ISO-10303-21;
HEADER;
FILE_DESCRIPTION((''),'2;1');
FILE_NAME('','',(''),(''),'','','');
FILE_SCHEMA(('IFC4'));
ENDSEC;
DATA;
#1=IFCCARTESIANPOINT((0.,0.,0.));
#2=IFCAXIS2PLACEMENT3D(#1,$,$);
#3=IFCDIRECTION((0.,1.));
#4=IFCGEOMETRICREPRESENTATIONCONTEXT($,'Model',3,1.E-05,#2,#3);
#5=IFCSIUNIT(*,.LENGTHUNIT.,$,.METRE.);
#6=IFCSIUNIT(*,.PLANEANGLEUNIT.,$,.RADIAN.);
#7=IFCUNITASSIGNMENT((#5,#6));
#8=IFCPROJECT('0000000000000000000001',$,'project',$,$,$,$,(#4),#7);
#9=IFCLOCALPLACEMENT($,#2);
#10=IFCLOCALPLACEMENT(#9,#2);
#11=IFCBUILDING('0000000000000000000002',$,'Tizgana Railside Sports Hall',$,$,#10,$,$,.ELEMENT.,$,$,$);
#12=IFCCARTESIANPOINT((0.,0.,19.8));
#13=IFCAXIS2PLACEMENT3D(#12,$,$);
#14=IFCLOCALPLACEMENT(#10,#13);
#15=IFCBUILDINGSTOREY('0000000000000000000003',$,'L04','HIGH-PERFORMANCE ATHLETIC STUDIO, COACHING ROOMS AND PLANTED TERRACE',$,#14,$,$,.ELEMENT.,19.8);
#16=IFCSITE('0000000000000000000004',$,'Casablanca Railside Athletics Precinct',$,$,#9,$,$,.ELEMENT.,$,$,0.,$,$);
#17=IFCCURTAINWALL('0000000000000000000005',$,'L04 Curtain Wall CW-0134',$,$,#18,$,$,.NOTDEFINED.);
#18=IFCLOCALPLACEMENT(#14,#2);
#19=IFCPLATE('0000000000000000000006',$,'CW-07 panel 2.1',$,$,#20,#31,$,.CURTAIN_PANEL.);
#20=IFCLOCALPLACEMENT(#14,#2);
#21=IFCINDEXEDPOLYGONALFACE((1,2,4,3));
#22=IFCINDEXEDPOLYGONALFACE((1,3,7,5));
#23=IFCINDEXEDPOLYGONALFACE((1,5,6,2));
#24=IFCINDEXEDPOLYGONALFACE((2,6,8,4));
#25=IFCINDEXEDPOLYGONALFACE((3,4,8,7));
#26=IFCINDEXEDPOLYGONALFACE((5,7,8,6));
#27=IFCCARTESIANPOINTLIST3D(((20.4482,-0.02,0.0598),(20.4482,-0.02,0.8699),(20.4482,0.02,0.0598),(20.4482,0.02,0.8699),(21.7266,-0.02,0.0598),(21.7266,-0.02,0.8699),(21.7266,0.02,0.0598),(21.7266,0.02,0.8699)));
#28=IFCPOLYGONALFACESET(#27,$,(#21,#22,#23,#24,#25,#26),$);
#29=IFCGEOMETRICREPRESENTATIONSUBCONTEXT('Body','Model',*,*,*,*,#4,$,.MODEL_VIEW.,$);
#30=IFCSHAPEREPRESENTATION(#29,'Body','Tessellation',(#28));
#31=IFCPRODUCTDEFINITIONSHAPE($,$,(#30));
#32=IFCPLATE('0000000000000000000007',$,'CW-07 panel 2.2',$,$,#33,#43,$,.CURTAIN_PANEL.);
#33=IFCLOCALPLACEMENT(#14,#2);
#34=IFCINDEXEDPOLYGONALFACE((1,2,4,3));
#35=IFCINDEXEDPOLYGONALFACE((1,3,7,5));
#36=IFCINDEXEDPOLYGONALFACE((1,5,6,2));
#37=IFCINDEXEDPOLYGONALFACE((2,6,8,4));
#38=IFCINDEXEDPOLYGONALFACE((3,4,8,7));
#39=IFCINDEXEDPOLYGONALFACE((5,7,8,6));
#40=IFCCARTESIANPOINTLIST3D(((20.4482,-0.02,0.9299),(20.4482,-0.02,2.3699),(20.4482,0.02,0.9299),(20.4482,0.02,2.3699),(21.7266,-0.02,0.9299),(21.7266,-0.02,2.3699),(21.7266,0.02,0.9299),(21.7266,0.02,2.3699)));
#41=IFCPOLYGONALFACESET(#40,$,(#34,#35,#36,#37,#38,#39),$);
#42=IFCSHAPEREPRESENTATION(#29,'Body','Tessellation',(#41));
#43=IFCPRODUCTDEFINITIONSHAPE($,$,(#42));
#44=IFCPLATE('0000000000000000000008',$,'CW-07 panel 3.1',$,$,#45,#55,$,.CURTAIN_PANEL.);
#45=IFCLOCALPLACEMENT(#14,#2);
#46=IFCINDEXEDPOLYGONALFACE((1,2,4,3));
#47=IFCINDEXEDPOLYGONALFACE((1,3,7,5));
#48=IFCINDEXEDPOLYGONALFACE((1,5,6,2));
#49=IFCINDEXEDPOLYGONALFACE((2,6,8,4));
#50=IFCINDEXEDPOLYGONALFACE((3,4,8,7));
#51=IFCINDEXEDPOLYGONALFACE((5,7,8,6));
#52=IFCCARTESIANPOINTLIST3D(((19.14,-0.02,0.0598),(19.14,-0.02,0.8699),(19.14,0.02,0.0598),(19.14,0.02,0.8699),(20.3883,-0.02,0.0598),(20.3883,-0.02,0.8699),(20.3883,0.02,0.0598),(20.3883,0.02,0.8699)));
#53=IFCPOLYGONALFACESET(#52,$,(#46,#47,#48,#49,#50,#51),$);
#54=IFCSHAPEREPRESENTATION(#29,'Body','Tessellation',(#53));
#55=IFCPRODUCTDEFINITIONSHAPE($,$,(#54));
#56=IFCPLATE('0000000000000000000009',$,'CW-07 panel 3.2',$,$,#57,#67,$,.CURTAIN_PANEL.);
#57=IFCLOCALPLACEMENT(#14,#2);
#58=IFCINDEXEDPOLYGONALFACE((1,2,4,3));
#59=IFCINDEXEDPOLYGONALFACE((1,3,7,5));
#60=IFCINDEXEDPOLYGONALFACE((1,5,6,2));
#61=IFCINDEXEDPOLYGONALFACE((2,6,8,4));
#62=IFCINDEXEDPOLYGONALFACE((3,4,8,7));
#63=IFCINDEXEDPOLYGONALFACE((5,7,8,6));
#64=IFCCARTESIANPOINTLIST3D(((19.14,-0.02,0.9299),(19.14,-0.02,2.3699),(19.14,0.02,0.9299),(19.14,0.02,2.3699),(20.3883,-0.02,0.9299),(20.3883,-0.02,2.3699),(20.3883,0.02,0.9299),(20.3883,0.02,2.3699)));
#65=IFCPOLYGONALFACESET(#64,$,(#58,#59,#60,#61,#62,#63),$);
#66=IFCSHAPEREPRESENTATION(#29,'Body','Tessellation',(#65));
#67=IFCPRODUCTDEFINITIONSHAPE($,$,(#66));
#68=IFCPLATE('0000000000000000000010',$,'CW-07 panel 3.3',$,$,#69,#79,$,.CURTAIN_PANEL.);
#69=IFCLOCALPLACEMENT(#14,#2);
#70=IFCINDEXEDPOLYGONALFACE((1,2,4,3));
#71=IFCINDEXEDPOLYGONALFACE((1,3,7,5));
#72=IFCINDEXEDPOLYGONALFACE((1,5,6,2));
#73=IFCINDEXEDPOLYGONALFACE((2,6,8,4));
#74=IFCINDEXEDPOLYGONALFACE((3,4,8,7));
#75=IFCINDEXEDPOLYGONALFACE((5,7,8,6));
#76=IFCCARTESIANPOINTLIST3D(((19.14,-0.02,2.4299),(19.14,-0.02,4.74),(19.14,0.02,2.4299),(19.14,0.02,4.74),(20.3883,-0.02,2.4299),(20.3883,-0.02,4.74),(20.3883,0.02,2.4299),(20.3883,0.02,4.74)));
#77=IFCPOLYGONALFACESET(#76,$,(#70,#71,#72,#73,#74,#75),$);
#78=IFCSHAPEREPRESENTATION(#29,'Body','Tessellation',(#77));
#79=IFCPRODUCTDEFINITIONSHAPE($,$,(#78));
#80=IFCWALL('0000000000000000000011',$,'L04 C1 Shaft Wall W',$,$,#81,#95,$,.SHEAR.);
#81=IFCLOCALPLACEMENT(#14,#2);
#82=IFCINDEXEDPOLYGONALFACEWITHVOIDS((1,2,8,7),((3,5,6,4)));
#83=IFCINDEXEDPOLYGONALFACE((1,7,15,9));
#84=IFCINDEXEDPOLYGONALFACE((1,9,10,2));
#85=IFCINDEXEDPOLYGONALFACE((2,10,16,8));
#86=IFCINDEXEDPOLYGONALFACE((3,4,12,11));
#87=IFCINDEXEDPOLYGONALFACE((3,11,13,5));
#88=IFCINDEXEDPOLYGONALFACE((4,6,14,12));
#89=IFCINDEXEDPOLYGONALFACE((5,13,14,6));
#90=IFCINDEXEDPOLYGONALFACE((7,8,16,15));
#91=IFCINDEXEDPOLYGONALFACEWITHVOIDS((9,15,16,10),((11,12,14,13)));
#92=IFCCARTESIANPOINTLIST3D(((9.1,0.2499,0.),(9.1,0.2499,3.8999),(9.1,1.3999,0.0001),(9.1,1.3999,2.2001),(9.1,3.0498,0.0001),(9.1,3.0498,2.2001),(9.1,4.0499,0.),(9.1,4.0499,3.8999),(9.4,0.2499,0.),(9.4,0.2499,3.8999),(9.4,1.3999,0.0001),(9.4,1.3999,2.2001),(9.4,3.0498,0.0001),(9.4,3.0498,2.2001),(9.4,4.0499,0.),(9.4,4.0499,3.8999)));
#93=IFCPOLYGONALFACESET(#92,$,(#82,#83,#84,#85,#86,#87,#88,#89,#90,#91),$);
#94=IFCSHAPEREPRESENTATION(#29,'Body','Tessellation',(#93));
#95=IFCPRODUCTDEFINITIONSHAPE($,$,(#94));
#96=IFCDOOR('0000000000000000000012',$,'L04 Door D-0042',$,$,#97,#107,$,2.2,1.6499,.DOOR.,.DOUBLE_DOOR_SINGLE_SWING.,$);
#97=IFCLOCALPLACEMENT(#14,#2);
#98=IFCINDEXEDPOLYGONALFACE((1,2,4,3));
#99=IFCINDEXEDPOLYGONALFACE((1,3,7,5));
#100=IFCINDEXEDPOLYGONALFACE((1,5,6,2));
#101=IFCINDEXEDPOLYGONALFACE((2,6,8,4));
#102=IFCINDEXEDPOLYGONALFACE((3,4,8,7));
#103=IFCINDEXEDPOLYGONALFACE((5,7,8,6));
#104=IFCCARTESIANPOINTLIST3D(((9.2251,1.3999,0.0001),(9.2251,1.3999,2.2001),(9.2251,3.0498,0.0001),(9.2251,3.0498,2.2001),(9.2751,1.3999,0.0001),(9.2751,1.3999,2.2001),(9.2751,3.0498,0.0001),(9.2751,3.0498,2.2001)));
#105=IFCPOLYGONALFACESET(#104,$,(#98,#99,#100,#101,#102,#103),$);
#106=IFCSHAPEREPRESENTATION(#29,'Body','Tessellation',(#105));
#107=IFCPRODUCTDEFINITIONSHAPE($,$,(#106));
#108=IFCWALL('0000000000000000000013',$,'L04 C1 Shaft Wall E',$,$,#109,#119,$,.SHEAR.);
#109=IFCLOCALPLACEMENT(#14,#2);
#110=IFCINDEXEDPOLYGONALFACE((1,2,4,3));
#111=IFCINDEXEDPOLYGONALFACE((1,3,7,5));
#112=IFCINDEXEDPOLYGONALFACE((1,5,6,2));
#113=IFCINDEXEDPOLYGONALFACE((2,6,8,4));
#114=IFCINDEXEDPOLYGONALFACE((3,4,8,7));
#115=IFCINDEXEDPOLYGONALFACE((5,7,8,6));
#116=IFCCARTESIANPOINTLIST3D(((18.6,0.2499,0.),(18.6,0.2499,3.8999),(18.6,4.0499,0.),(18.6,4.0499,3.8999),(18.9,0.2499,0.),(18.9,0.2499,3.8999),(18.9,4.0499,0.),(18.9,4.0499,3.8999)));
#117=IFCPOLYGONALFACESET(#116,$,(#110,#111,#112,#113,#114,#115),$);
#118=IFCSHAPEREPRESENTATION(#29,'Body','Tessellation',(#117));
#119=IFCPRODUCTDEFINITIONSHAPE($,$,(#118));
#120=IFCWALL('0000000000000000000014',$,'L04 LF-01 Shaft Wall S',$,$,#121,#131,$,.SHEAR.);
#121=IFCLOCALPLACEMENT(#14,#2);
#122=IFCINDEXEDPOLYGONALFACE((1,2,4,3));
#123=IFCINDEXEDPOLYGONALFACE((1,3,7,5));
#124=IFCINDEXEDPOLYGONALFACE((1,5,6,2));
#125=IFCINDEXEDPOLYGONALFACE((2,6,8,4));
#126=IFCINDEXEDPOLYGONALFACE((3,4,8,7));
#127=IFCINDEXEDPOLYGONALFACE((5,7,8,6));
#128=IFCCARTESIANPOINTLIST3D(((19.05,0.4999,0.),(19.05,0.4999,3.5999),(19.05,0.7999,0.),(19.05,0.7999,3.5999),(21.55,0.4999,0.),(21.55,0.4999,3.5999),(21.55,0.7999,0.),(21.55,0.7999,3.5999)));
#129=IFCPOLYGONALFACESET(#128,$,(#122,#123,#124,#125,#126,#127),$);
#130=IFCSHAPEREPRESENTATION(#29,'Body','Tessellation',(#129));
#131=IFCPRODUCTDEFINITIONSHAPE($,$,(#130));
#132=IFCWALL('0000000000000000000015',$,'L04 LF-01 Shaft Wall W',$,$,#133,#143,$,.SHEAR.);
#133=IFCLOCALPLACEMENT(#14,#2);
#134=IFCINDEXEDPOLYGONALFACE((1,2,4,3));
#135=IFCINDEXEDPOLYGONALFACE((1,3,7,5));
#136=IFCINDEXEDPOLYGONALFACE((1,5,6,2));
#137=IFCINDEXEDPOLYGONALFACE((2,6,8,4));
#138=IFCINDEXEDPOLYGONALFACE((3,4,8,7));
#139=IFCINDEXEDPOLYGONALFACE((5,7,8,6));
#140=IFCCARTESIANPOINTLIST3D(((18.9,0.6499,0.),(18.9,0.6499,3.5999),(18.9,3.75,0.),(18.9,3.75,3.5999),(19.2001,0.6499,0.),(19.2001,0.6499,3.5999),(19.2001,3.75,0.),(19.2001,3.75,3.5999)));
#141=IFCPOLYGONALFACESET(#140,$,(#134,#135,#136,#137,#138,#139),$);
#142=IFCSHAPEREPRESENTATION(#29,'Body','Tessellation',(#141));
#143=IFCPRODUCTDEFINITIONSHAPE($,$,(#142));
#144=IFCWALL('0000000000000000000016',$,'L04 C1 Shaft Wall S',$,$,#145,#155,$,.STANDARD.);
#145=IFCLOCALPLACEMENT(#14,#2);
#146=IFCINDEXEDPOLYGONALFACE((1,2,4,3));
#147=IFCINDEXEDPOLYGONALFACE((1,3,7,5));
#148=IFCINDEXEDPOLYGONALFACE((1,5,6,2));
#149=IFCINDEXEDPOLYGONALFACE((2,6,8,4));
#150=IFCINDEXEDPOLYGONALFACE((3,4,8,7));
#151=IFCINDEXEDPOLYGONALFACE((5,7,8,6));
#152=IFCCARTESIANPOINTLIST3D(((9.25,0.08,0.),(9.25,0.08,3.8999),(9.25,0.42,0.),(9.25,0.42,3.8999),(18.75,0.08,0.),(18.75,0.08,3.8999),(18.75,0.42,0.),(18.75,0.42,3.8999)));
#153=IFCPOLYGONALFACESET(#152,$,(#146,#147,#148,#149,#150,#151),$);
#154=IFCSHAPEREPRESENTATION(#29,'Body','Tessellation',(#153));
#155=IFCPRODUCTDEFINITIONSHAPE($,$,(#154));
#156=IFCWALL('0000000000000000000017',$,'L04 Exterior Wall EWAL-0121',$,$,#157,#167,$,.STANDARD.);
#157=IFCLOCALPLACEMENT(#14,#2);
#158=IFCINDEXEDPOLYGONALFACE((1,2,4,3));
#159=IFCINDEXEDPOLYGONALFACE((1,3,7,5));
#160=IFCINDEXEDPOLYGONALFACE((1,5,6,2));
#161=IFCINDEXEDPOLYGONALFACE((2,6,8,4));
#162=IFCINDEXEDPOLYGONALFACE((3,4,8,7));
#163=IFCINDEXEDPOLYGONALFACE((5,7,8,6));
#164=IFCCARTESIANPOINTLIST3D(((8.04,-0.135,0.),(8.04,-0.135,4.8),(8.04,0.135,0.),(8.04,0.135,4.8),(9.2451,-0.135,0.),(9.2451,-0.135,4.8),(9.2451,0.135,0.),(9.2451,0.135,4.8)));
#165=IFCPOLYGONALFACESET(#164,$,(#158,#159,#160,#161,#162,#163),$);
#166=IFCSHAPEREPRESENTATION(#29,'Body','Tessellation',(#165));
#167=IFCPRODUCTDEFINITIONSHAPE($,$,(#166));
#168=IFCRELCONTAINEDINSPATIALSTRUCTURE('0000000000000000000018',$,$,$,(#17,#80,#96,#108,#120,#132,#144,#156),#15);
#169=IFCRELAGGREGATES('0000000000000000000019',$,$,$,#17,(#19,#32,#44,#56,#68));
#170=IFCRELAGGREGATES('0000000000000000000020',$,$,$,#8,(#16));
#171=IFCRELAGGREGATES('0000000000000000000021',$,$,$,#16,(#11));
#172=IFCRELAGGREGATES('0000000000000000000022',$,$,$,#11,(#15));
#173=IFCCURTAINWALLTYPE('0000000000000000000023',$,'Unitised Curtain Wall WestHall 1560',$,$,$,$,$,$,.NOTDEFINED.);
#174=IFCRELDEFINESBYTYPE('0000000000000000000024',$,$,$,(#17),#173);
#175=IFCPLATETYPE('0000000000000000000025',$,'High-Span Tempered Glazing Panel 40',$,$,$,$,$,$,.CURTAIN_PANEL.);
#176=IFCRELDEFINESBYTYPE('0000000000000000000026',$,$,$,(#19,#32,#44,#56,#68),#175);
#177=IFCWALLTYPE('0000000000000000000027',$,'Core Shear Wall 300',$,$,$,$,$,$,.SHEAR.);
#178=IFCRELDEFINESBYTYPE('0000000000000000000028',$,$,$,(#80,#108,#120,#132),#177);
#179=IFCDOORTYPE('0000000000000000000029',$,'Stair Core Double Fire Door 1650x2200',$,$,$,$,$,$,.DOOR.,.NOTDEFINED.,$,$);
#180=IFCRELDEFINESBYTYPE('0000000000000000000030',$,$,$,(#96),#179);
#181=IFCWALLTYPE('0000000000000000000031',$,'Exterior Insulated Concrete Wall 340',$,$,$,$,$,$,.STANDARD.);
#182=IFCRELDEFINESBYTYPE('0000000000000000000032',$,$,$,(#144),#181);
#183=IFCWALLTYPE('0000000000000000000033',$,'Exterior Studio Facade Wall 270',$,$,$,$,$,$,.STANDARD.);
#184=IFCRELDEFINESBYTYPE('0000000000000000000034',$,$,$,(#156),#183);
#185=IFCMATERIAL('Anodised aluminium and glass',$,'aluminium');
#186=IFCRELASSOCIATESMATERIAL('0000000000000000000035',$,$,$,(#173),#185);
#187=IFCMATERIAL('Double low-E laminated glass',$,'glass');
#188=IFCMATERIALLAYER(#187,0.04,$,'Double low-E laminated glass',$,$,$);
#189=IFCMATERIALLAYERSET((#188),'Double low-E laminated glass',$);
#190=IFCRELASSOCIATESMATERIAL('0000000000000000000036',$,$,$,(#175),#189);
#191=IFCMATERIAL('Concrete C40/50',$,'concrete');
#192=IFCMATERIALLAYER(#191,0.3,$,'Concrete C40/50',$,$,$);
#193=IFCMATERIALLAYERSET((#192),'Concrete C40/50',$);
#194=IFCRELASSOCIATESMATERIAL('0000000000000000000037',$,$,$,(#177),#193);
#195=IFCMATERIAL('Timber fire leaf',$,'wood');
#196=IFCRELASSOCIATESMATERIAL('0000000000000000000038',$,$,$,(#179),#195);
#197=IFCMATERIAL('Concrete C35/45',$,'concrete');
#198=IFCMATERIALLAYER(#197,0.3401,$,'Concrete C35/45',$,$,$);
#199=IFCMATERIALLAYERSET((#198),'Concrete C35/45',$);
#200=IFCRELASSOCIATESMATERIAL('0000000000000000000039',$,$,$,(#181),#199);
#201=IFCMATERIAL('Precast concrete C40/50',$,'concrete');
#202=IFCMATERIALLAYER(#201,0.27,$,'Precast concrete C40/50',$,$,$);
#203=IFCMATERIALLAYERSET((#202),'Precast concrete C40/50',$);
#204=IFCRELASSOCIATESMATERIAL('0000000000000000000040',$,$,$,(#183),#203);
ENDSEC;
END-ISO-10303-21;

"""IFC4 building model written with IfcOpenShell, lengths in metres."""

from ifc_helpers import new_model, si_unit, direction, frame, frame_2d, origin, origin_2d, place, context, subcontext, project, spatial, rectangle, extrude, material, layer, layer_set, type_object, element, fill, aggregate, save


model = new_model("IFC4")

# Units and contexts
model_context = context("Model", 3, precision=1e-05, world=origin(), true_north=direction((0.0, 1.0)))
body_context = subcontext(model_context, "Body", "Model", "MODEL_VIEW")
ifc_project = project(units=[si_unit("LENGTHUNIT", "METRE"), si_unit("PLANEANGLEUNIT", "RADIAN")], contexts=[model_context])

# Site, building, storey
site_placement = place(None, origin())
site = spatial("IfcSite", under=ifc_project, at=site_placement, Name="Casablanca Railside Athletics Precinct", CompositionType="ELEMENT", RefElevation=0.0)
building_placement = place(site_placement, origin())
building = spatial("IfcBuilding", under=site, at=building_placement, Name="Tizgana Railside Sports Hall", CompositionType="ELEMENT")
storey_placement = place(building_placement, frame((0.0, 0.0, 19.8)))
storey = spatial("IfcBuildingStorey", under=building, at=storey_placement, Name="L04", Description="HIGH-PERFORMANCE ATHLETIC STUDIO, COACHING ROOMS AND PLANTED TERRACE", CompositionType="ELEMENT", Elevation=19.8)

# Shared definitions
ifc_material_1 = material(Name="Concrete C35/45", Category="concrete")

# Curtain wall
ifc_material_2 = material(Name="Anodised aluminium and glass", Category="aluminium")
curtain_wall_type = type_object("IfcCurtainWallType", Name="Unitised Curtain Wall WestHall 1560", PredefinedType="NOTDEFINED", material=ifc_material_2)
curtain_wall_placement = place(storey_placement, origin())
curtain_wall = element("IfcCurtainWall", 1, at=curtain_wall_placement, inside=storey, type_object=curtain_wall_type, Name="L04 Curtain Wall CW-0134", PredefinedType="NOTDEFINED")

# Plates
ifc_material_3 = material(Name="Double low-E laminated glass", Category="glass")
ifc_layer_1 = layer(ifc_material_3, 0.04, Name="Double low-E laminated glass")
ifc_layer_set_1 = layer_set([ifc_layer_1], Name="Double low-E laminated glass")
plate_type = type_object("IfcPlateType", Name="High-Span Tempered Glazing Panel 40", PredefinedType="CURTAIN_PANEL", material=ifc_layer_set_1)
plate_1_placement = place(storey_placement, frame((21.0874, 0.0, 0.0598), z_axis=(0.0, 0.0, 1.0), x_axis=(-1.0, 0.0, 0.0)))
plate_1 = element("IfcPlate", 2, at=plate_1_placement, type_object=plate_type, Name="CW-07 panel 2.1", PredefinedType="CURTAIN_PANEL", context=body_context, shape_type="SweptSolid", body=[
    extrude(rectangle(XDim=1.2783, YDim=0.04, at=origin_2d()), origin(), (0.0, 0.0, 1.0), 0.8101),
])
plate_2_placement = place(storey_placement, frame((21.0874, 0.0, 0.9299), z_axis=(0.0, 0.0, 1.0), x_axis=(-1.0, 0.0, 0.0)))
plate_2 = element("IfcPlate", 3, at=plate_2_placement, type_object=plate_type, Name="CW-07 panel 2.2", PredefinedType="CURTAIN_PANEL", context=body_context, shape_type="SweptSolid", body=[
    extrude(rectangle(XDim=1.2783, YDim=0.04, at=origin_2d()), origin(), (0.0, 0.0, 1.0), 1.4399),
])
plate_3_placement = place(storey_placement, frame((19.7642, 0.0, 0.0598), z_axis=(0.0, 0.0, 1.0), x_axis=(-1.0, 0.0, 0.0)))
plate_3 = element("IfcPlate", 4, at=plate_3_placement, type_object=plate_type, Name="CW-07 panel 3.1", PredefinedType="CURTAIN_PANEL", context=body_context, shape_type="SweptSolid", body=[
    extrude(rectangle(XDim=1.2483, YDim=0.04, at=origin_2d()), origin(), (0.0, 0.0, 1.0), 0.8101),
])
plate_4_placement = place(storey_placement, frame((19.7642, 0.0, 0.9299), z_axis=(0.0, 0.0, 1.0), x_axis=(-1.0, 0.0, 0.0)))
plate_4 = element("IfcPlate", 5, at=plate_4_placement, type_object=plate_type, Name="CW-07 panel 3.2", PredefinedType="CURTAIN_PANEL", context=body_context, shape_type="SweptSolid", body=[
    extrude(rectangle(XDim=1.2483, YDim=0.04, at=origin_2d()), origin(), (0.0, 0.0, 1.0), 1.4399),
])
plate_5_placement = place(storey_placement, frame((19.7642, 0.0, 2.4299), z_axis=(0.0, 0.0, 1.0), x_axis=(-1.0, 0.0, 0.0)))
plate_5 = element("IfcPlate", 6, at=plate_5_placement, type_object=plate_type, Name="CW-07 panel 3.3", PredefinedType="CURTAIN_PANEL", context=body_context, shape_type="SweptSolid", body=[
    extrude(rectangle(XDim=1.2483, YDim=0.04, at=origin_2d()), origin(), (0.0, 0.0, 1.0), 2.3101),
])
aggregate(curtain_wall, [plate_1, plate_2, plate_3, plate_4, plate_5])

# Wall, opening, door
ifc_material_4 = material(Name="Concrete C40/50", Category="concrete")
ifc_layer_2 = layer(ifc_material_4, 0.3, Name="Concrete C40/50")
ifc_layer_set_2 = layer_set([ifc_layer_2], Name="Concrete C40/50")
wall_type_1 = type_object("IfcWallType", Name="Core Shear Wall 300", PredefinedType="SHEAR", material=ifc_layer_set_2)
wall_1_placement = place(storey_placement, frame((9.25, 0.25, 0.0), z_axis=(0.0, 0.0, 1.0), x_axis=(0.0, 1.0, 0.0)))
wall_1 = element("IfcWall", 7, at=wall_1_placement, inside=storey, type_object=wall_type_1, Name="L04 C1 Shaft Wall W", PredefinedType="SHEAR", context=body_context, shape_type="SweptSolid", body=[
    extrude(rectangle(XDim=3.8, YDim=0.3, at=frame_2d((1.8999, 0.0))), origin(), (0.0, 0.0, 1.0), 3.8999),
])
opening_placement = place(wall_1_placement, frame((1.1499, 0.0, 0.0)))
opening = element("IfcOpeningElement", 8, at=opening_placement, cuts=wall_1, PredefinedType="OPENING", context=body_context, shape_type="SweptSolid", body=[
    extrude(rectangle(XDim=1.6499, YDim=2.2, at=frame_2d((0.825, 1.1001))), frame((0.0, 0.1599, 0.0), z_axis=(0.0, -1.0, 0.0), x_axis=(1.0, 0.0, 0.0)), (0.0, 0.0, 1.0), 0.3201),
])
ifc_material_5 = material(Name="Timber fire leaf", Category="wood")
door_type = type_object("IfcDoorType", Name="Stair Core Double Fire Door 1650x2200", OperationType="NOTDEFINED", PredefinedType="DOOR", material=ifc_material_5)
door_placement = place(opening_placement, origin())
door = element("IfcDoor", 9, at=door_placement, inside=storey, type_object=door_type, Name="L04 Door D-0042", OperationType="DOUBLE_DOOR_SINGLE_SWING", OverallHeight=2.2, OverallWidth=1.6499, PredefinedType="DOOR", context=body_context, shape_type="SweptSolid", body=[
    extrude(rectangle(XDim=1.6499, YDim=2.2, at=frame_2d((0.825, 1.1001))), frame((0.0, 0.0249, 0.0), z_axis=(0.0, -1.0, 0.0), x_axis=(1.0, 0.0, 0.0)), (0.0, 0.0, 1.0), 0.05),
])
fill(opening, door)

# Walls
wall_2_placement = place(storey_placement, frame((18.75, 0.25, 0.0), z_axis=(0.0, 0.0, 1.0), x_axis=(0.0, 1.0, 0.0)))
element("IfcWall", 10, at=wall_2_placement, inside=storey, type_object=wall_type_1, Name="L04 C1 Shaft Wall E", PredefinedType="SHEAR", context=body_context, shape_type="SweptSolid", body=[
    extrude(rectangle(XDim=3.8, YDim=0.3, at=frame_2d((1.8999, 0.0))), origin(), (0.0, 0.0, 1.0), 3.8999),
])
wall_3_placement = place(storey_placement, frame((19.05, 0.6499, 0.0), z_axis=(0.0, 0.0, 1.0), x_axis=(1.0, 0.0, 0.0)))
element("IfcWall", 11, at=wall_3_placement, inside=storey, type_object=wall_type_1, Name="L04 LF-01 Shaft Wall S", PredefinedType="SHEAR", context=body_context, shape_type="SweptSolid", body=[
    extrude(rectangle(XDim=2.5, YDim=0.3, at=frame_2d((1.25, 0.0))), origin(), (0.0, 0.0, 1.0), 3.5999),
])
wall_4_placement = place(storey_placement, frame((19.05, 0.6499, 0.0), z_axis=(0.0, 0.0, 1.0), x_axis=(0.0, 1.0, 0.0)))
element("IfcWall", 12, at=wall_4_placement, inside=storey, type_object=wall_type_1, Name="L04 LF-01 Shaft Wall W", PredefinedType="SHEAR", context=body_context, shape_type="SweptSolid", body=[
    extrude(rectangle(XDim=3.1001, YDim=0.3, at=frame_2d((1.55, 0.0))), origin(), (0.0, 0.0, 1.0), 3.5999),
])
ifc_layer_3 = layer(ifc_material_1, 0.3401, Name="Concrete C35/45")
ifc_layer_set_3 = layer_set([ifc_layer_3], Name="Concrete C35/45")
wall_type_2 = type_object("IfcWallType", Name="Exterior Insulated Concrete Wall 340", PredefinedType="STANDARD", material=ifc_layer_set_3)
wall_5_placement = place(storey_placement, frame((18.75, 0.25, 0.0), z_axis=(0.0, 0.0, 1.0), x_axis=(-1.0, 0.0, 0.0)))
element("IfcWall", 13, at=wall_5_placement, inside=storey, type_object=wall_type_2, Name="L04 C1 Shaft Wall S", PredefinedType="STANDARD", context=body_context, shape_type="SweptSolid", body=[
    extrude(rectangle(XDim=9.5, YDim=0.3401, at=frame_2d((4.75, 0.0))), origin(), (0.0, 0.0, 1.0), 3.8999),
])
ifc_material_6 = material(Name="Precast concrete C40/50", Category="concrete")
ifc_layer_4 = layer(ifc_material_6, 0.27, Name="Precast concrete C40/50")
ifc_layer_set_4 = layer_set([ifc_layer_4], Name="Precast concrete C40/50")
wall_type_3 = type_object("IfcWallType", Name="Exterior Studio Facade Wall 270", PredefinedType="STANDARD", material=ifc_layer_set_4)
wall_6_placement = place(storey_placement, frame((9.2451, 0.0, 0.0), z_axis=(0.0, 0.0, 1.0), x_axis=(-1.0, 0.0, 0.0)))
element("IfcWall", 14, at=wall_6_placement, inside=storey, type_object=wall_type_3, Name="L04 Exterior Wall EWAL-0121", PredefinedType="STANDARD", context=body_context, shape_type="SweptSolid", body=[
    extrude(rectangle(XDim=1.2051, YDim=0.27, at=frame_2d((0.6025, 0.0))), origin(), (0.0, 0.0, 1.0), 4.8),
])

save(model, "model.ifc")
